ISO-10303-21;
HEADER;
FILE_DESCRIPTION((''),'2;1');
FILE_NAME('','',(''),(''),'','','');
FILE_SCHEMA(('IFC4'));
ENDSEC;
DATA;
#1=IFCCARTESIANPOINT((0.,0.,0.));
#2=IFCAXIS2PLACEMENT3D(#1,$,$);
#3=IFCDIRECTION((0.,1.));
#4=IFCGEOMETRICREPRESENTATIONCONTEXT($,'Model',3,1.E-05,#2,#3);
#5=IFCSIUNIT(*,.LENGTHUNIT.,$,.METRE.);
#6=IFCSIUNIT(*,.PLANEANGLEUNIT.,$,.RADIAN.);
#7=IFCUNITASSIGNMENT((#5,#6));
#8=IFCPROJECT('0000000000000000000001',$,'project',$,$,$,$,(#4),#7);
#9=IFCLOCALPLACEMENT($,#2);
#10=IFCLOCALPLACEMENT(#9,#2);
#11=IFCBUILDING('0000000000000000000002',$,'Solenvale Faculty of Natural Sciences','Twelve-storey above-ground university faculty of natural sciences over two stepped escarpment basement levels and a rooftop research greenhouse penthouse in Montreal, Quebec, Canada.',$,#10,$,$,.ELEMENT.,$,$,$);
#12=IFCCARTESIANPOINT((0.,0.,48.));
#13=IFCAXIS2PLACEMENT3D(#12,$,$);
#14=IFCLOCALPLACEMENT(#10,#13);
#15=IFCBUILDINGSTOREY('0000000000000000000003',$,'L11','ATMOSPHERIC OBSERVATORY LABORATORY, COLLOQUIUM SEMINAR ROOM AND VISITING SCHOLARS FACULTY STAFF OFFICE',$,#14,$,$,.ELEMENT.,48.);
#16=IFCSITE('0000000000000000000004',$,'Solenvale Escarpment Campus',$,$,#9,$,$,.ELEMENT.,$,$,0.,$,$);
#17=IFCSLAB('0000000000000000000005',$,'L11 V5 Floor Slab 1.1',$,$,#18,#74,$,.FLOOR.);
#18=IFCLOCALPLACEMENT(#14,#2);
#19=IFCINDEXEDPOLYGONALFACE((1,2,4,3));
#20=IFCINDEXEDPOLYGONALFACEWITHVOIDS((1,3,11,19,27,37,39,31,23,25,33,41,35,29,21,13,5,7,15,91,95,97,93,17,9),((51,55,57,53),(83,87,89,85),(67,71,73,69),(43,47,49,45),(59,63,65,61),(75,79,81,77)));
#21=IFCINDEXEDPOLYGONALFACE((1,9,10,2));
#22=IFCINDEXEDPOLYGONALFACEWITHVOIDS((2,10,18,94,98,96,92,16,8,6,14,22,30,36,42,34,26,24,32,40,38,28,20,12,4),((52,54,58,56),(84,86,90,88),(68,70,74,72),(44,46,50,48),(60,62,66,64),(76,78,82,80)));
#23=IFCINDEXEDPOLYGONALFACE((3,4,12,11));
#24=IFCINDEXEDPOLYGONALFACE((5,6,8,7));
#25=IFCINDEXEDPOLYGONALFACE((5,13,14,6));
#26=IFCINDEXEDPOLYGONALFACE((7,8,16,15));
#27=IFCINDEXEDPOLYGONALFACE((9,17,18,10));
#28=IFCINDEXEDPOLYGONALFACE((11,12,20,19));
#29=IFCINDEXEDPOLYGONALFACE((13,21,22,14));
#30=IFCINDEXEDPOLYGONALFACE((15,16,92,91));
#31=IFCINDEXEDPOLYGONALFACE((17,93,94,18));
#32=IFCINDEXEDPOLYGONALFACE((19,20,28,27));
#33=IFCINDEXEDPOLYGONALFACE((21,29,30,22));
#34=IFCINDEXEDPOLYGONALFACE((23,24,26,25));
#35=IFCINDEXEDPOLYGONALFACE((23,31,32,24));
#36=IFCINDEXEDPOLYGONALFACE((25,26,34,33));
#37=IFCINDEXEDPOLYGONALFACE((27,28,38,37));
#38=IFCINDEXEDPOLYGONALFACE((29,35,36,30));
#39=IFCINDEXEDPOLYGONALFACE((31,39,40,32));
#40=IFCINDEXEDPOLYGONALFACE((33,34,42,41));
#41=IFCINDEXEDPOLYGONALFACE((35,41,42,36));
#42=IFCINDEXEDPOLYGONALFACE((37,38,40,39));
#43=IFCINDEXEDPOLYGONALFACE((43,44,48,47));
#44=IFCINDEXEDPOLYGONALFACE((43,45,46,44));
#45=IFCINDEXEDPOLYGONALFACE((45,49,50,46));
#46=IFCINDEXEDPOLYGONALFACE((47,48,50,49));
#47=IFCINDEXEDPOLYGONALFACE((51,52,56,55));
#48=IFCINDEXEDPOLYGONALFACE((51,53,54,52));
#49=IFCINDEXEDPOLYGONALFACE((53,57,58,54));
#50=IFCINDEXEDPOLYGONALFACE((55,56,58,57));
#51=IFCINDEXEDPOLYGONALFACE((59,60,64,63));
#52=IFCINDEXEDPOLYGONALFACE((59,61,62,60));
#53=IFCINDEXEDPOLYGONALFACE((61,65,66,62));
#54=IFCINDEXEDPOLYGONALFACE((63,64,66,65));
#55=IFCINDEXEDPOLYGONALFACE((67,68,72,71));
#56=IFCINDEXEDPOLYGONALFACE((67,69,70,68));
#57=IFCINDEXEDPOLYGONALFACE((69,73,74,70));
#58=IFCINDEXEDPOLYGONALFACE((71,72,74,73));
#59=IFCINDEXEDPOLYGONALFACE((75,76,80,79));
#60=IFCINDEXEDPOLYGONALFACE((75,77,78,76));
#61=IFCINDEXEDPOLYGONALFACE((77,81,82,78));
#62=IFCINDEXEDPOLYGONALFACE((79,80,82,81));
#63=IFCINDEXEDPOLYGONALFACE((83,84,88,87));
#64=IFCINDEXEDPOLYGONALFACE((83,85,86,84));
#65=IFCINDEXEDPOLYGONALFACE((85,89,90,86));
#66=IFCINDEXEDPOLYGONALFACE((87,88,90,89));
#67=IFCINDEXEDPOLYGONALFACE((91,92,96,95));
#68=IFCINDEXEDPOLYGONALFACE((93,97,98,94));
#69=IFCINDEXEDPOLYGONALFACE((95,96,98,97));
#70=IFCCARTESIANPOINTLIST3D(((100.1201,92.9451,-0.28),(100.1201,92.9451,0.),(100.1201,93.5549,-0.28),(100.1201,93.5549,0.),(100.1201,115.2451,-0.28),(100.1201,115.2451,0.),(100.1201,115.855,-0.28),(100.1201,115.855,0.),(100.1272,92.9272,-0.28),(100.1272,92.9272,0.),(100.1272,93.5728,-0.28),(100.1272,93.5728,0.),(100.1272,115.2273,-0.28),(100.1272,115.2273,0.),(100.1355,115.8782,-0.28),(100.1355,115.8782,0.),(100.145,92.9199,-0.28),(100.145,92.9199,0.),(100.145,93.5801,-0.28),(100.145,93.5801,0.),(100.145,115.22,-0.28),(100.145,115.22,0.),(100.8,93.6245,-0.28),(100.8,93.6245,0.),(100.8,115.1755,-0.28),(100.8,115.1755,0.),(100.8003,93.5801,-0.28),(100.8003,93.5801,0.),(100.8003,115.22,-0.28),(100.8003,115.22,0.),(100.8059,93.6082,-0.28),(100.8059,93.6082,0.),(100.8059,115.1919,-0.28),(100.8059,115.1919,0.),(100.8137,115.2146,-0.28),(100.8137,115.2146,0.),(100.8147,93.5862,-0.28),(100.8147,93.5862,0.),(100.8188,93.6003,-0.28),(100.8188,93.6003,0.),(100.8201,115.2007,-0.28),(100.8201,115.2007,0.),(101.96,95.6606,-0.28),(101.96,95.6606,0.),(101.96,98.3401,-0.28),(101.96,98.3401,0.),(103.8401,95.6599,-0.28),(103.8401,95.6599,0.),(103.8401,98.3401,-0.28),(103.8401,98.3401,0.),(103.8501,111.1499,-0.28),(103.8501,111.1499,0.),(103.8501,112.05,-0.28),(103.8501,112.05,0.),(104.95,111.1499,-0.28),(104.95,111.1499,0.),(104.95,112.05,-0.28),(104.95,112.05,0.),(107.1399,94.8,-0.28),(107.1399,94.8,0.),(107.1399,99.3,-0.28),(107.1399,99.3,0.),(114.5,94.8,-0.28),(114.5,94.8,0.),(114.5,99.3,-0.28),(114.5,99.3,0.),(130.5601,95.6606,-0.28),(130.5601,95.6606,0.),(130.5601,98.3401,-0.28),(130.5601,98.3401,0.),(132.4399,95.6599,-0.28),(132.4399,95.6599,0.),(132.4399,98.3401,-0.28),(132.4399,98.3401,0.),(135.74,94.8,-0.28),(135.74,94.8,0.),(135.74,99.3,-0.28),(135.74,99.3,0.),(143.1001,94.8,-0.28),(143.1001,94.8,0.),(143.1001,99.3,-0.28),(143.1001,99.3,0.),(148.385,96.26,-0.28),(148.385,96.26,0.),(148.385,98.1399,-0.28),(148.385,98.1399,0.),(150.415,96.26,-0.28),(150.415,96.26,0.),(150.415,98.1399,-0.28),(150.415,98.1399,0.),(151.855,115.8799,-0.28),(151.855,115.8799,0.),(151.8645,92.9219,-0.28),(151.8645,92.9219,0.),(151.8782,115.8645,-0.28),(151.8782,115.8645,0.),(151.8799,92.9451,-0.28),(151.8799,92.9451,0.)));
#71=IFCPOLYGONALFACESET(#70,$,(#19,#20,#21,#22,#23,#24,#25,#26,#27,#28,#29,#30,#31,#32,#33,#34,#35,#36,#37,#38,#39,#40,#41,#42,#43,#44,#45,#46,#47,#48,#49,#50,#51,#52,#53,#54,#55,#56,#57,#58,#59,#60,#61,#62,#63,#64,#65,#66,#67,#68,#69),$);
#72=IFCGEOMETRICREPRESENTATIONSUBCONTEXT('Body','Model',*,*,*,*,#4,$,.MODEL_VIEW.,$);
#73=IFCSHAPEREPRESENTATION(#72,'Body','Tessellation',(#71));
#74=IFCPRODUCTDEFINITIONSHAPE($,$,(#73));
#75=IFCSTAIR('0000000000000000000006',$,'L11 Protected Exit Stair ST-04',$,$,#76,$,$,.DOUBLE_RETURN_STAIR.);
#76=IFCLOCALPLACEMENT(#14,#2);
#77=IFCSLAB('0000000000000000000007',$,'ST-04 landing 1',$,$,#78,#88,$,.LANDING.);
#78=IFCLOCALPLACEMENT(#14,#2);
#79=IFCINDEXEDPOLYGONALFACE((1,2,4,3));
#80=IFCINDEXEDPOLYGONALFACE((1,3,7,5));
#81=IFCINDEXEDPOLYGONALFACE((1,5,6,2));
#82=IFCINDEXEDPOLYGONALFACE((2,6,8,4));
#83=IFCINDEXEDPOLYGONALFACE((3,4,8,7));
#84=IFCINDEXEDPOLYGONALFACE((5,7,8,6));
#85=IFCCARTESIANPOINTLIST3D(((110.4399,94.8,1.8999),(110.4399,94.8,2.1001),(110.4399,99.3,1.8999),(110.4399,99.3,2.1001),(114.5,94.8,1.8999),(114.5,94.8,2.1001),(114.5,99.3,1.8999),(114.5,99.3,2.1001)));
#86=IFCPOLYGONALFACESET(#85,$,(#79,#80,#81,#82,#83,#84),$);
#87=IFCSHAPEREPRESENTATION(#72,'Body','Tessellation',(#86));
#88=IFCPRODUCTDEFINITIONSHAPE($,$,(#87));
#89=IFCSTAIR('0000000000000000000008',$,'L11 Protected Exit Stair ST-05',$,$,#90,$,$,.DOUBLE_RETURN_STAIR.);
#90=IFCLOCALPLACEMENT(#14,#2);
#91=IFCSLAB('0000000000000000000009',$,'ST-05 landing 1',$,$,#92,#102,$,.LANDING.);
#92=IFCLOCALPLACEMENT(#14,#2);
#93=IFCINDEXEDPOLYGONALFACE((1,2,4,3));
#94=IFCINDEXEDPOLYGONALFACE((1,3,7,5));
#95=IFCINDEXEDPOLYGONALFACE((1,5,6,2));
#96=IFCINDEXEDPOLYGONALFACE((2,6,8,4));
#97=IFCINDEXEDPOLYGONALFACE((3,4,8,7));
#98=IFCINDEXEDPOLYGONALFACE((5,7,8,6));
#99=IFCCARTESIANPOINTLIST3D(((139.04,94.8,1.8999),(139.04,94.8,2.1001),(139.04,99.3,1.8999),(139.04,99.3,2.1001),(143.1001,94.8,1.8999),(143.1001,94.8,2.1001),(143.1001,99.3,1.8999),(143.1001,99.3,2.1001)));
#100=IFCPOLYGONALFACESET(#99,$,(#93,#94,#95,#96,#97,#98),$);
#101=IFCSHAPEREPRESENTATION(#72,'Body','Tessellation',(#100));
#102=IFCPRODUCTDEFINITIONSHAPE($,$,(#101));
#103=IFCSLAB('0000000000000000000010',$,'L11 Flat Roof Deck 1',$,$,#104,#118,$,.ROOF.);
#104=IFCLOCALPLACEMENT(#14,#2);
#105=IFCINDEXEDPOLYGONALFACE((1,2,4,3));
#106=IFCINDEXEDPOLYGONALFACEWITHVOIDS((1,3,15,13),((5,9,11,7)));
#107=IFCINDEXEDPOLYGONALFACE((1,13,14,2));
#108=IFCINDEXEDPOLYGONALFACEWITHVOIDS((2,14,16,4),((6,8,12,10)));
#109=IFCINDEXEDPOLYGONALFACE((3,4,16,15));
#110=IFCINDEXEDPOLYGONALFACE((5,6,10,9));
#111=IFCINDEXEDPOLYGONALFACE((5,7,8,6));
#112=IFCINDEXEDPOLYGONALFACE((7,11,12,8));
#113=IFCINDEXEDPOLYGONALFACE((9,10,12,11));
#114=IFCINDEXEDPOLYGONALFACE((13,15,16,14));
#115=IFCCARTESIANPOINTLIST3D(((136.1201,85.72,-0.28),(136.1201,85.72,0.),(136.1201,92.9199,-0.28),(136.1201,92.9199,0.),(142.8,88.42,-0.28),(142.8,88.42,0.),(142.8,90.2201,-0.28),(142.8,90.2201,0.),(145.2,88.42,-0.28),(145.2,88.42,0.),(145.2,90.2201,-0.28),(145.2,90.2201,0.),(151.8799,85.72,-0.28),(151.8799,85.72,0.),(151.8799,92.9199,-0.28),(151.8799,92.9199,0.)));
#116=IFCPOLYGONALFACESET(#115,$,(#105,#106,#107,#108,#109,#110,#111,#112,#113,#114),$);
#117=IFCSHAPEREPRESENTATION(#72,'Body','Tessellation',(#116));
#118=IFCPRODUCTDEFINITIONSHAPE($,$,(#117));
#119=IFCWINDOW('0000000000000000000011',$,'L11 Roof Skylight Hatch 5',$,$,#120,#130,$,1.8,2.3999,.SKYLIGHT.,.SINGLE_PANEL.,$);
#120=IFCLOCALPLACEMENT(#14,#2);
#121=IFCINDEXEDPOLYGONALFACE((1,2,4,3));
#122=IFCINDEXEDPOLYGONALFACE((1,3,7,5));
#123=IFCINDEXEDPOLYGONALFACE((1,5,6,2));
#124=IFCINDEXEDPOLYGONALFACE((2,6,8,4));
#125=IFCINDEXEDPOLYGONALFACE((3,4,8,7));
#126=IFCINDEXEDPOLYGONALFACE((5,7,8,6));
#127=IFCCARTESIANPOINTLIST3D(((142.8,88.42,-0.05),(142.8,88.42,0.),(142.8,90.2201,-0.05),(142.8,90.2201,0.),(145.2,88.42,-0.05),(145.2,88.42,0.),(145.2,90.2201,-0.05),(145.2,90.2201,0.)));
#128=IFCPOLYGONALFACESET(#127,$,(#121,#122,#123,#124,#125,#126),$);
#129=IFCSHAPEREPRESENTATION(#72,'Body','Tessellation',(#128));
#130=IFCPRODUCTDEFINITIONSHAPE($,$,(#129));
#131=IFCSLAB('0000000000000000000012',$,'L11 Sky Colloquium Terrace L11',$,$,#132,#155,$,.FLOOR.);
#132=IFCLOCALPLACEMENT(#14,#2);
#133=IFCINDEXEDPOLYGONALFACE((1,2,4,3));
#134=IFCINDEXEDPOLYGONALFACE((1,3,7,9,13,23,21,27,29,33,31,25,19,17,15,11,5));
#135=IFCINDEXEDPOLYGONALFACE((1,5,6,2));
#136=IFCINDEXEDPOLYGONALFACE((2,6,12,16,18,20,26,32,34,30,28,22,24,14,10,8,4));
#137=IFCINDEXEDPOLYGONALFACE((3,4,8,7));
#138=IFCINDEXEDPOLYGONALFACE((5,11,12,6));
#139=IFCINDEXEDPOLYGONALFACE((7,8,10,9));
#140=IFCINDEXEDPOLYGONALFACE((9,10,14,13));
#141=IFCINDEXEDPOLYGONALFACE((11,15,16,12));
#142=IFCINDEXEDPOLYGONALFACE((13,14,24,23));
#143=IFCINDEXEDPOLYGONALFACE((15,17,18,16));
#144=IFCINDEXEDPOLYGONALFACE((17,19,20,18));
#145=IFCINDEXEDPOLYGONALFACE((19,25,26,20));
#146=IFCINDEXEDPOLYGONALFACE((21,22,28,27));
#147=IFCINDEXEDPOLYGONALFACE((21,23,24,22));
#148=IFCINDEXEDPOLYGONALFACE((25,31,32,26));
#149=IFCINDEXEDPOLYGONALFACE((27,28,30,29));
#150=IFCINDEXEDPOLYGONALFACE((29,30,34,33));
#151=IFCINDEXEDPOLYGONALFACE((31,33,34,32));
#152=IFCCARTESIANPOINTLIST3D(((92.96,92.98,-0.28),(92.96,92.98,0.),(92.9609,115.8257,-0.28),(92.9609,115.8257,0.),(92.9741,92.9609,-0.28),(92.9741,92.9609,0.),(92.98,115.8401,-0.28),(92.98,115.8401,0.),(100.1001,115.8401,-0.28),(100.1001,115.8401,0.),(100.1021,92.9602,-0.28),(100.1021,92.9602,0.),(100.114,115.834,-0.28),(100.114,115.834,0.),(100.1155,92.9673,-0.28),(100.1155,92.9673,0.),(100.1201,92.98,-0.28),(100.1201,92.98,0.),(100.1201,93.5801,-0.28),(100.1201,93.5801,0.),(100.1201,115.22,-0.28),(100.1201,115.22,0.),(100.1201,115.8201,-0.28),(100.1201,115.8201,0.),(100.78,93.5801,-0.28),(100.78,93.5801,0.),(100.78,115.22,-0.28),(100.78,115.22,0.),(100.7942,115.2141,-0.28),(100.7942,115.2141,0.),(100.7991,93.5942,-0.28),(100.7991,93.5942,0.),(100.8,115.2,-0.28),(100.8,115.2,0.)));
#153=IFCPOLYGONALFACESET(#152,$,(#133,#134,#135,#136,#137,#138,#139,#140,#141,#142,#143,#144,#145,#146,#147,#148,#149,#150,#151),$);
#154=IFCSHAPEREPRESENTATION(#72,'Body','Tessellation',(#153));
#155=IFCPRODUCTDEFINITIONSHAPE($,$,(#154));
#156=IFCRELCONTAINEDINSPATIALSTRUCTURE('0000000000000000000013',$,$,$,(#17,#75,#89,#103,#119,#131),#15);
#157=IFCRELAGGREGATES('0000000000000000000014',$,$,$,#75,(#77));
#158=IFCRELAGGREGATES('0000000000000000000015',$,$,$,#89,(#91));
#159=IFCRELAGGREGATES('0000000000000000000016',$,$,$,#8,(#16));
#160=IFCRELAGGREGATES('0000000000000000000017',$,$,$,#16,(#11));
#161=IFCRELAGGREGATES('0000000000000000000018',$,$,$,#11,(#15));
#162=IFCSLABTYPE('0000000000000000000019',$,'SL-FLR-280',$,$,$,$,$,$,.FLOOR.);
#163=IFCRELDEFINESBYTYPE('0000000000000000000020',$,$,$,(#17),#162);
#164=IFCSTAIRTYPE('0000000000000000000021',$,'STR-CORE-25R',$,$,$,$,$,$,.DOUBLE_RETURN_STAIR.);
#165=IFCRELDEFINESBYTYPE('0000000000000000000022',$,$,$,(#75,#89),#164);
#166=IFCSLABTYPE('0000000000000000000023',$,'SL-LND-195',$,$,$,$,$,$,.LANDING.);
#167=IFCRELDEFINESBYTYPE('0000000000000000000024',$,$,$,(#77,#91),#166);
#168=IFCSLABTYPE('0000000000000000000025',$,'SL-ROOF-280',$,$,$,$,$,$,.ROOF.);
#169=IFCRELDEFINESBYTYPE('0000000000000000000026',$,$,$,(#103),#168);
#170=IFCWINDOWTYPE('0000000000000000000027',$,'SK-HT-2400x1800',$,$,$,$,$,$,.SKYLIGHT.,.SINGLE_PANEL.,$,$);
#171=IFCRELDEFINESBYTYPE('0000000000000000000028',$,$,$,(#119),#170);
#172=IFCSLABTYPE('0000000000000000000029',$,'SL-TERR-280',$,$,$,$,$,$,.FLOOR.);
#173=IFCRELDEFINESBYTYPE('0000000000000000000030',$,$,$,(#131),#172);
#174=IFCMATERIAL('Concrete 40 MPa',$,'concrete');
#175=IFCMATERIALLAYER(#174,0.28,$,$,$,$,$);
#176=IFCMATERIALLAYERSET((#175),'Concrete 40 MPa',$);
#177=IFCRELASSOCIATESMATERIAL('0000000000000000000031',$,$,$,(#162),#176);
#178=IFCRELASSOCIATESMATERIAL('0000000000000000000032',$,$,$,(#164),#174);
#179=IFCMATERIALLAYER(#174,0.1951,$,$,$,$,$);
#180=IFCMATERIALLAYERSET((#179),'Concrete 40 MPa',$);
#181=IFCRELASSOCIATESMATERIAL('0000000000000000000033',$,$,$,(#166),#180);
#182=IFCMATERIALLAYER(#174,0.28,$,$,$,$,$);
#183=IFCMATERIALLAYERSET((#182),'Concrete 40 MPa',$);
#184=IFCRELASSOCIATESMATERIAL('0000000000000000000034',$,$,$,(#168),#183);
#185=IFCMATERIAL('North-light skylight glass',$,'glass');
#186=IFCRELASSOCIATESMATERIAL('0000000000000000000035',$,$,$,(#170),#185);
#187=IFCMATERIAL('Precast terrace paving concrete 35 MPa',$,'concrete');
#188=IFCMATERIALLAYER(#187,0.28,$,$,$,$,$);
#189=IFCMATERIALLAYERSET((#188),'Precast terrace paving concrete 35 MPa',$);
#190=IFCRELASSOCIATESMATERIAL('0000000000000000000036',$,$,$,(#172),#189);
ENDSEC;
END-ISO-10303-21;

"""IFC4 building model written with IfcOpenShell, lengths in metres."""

from ifc_helpers import new_model, si_unit, direction, frame, origin, origin_2d, place, context, subcontext, project, spatial, polyline, rectangle, outline, extrude, material, layer, layer_set, type_object, element, fill, aggregate, save


model = new_model("IFC4")

# Units and contexts
model_context = context("Model", 3, precision=1e-05, world=origin(), true_north=direction((0.0, 1.0)))
body_context = subcontext(model_context, "Body", "Model", "MODEL_VIEW")
ifc_project = project(units=[si_unit("LENGTHUNIT", "METRE"), si_unit("PLANEANGLEUNIT", "RADIAN")], contexts=[model_context])

# Site, building, storey
site_placement = place(None, origin())
site = spatial("IfcSite", under=ifc_project, at=site_placement, Name="Solenvale Escarpment Campus", CompositionType="ELEMENT", RefElevation=0.0)
building_placement = place(site_placement, origin())
building = spatial("IfcBuilding", under=site, at=building_placement, Name="Solenvale Faculty of Natural Sciences", Description="Twelve-storey above-ground university faculty of natural sciences over two stepped escarpment basement levels and a rooftop research greenhouse penthouse in Montreal, Quebec, Canada.", CompositionType="ELEMENT")
storey_placement = place(building_placement, frame((0.0, 0.0, 48.0)))
storey = spatial("IfcBuildingStorey", under=building, at=storey_placement, Name="L11", Description="ATMOSPHERIC OBSERVATORY LABORATORY, COLLOQUIUM SEMINAR ROOM AND VISITING SCHOLARS FACULTY STAFF OFFICE", CompositionType="ELEMENT", Elevation=48.0)

# Slab
ifc_material_1 = material(Name="Concrete 40 MPa", Category="concrete")
ifc_layer_1 = layer(ifc_material_1, 0.28)
ifc_layer_set_1 = layer_set([ifc_layer_1], Name="Concrete 40 MPa")
slab_type_1 = type_object("IfcSlabType", Name="SL-FLR-280", PredefinedType="FLOOR", material=ifc_layer_set_1)
slab_1_placement = place(storey_placement, frame((0.0, 0.0, -0.28)))
element("IfcSlab", 1, at=slab_1_placement, inside=storey, type_object=slab_type_1, Name="L11 V5 Floor Slab 1.1", PredefinedType="FLOOR", context=body_context, shape_type="SweptSolid", body=[
    extrude(outline(polyline([(100.8188, 93.6003), (100.8059, 93.6082), (100.8, 93.6245), (100.8, 115.1755), (100.8059, 115.1919), (100.8201, 115.2007), (100.8137, 115.2146), (100.8003, 115.22), (100.145, 115.22), (100.1272, 115.2273), (100.1201, 115.2451), (100.1201, 115.855), (100.1355, 115.8782), (151.855, 115.8799), (151.8782, 115.8645), (151.8799, 92.9451), (151.8645, 92.9219), (100.145, 92.9199), (100.1272, 92.9272), (100.1201, 92.9451), (100.1201, 93.5549), (100.1272, 93.5728), (100.145, 93.5801), (100.8003, 93.5801), (100.8147, 93.5862), (100.8188, 93.6003)]), holes=[polyline([(148.385, 96.26), (150.415, 96.26), (150.415, 98.1399), (148.385, 98.1399), (148.385, 96.26)]), polyline([(135.74, 94.8), (143.1001, 94.8), (143.1001, 99.3), (135.74, 99.3), (135.74, 94.8)]), polyline([(130.5601, 95.6606), (132.4399, 95.6599), (132.4399, 98.3401), (130.5601, 98.3401), (130.5601, 95.6606)]), polyline([(107.1399, 94.8), (114.5, 94.8), (114.5, 99.3), (107.1399, 99.3), (107.1399, 94.8)]), polyline([(103.8501, 111.1499), (104.95, 111.1499), (104.95, 112.05), (103.8501, 112.05), (103.8501, 111.1499)]), polyline([(101.96, 95.6606), (103.8401, 95.6599), (103.8401, 98.3401), (101.96, 98.3401), (101.96, 95.6606)])]), origin(), (0.0, 0.0, 1.0), 0.28),
])

# Stairs, slabs
stair_type = type_object("IfcStairType", Name="STR-CORE-25R", PredefinedType="DOUBLE_RETURN_STAIR", material=ifc_material_1)
stair_1_placement = place(storey_placement, origin())
stair_1 = element("IfcStair", 2, at=stair_1_placement, inside=storey, type_object=stair_type, Name="L11 Protected Exit Stair ST-04", PredefinedType="DOUBLE_RETURN_STAIR")
ifc_layer_2 = layer(ifc_material_1, 0.1951)
ifc_layer_set_2 = layer_set([ifc_layer_2], Name="Concrete 40 MPa")
slab_type_2 = type_object("IfcSlabType", Name="SL-LND-195", PredefinedType="LANDING", material=ifc_layer_set_2)
slab_2_placement = place(storey_placement, frame((0.0, 0.0, 1.8999)))
slab_2 = element("IfcSlab", 3, at=slab_2_placement, type_object=slab_type_2, Name="ST-04 landing 1", PredefinedType="LANDING", context=body_context, shape_type="SweptSolid", body=[
    extrude(outline(polyline([(110.4399, 94.8), (114.5, 94.8), (114.5, 99.3), (110.4399, 99.3), (110.4399, 94.8)])), origin(), (0.0, 0.0, 1.0), 0.2002),
])
aggregate(stair_1, [slab_2])
stair_2_placement = place(storey_placement, origin())
stair_2 = element("IfcStair", 4, at=stair_2_placement, inside=storey, type_object=stair_type, Name="L11 Protected Exit Stair ST-05", PredefinedType="DOUBLE_RETURN_STAIR")
slab_3_placement = place(storey_placement, frame((0.0, 0.0, 1.8999)))
slab_3 = element("IfcSlab", 5, at=slab_3_placement, type_object=slab_type_2, Name="ST-05 landing 1", PredefinedType="LANDING", context=body_context, shape_type="SweptSolid", body=[
    extrude(outline(polyline([(139.04, 94.8), (143.1001, 94.8), (143.1001, 99.3), (139.04, 99.3), (139.04, 94.8)])), origin(), (0.0, 0.0, 1.0), 0.2002),
])
aggregate(stair_2, [slab_3])

# Slab, opening, window
ifc_layer_3 = layer(ifc_material_1, 0.28)
ifc_layer_set_3 = layer_set([ifc_layer_3], Name="Concrete 40 MPa")
slab_type_3 = type_object("IfcSlabType", Name="SL-ROOF-280", PredefinedType="ROOF", material=ifc_layer_set_3)
slab_4_placement = place(storey_placement, frame((0.0, 0.0, -0.28)))
slab_4 = element("IfcSlab", 6, at=slab_4_placement, inside=storey, type_object=slab_type_3, Name="L11 Flat Roof Deck 1", PredefinedType="ROOF", context=body_context, shape_type="SweptSolid", body=[
    extrude(outline(polyline([(136.1201, 85.72), (136.1201, 92.9199), (151.8799, 92.9199), (151.8799, 85.72), (136.1201, 85.72)])), origin(), (0.0, 0.0, 1.0), 0.28),
])
opening_placement = place(slab_4_placement, frame((144.0, 89.3201, -0.01)))
opening = element("IfcOpeningElement", 7, at=opening_placement, cuts=slab_4, PredefinedType="OPENING", context=body_context, shape_type="SweptSolid", body=[
    extrude(rectangle(XDim=2.3999, YDim=1.8, at=origin_2d()), origin(), (0.0, 0.0, 1.0), 0.3),
])
ifc_material_2 = material(Name="North-light skylight glass", Category="glass")
window_type = type_object("IfcWindowType", Name="SK-HT-2400x1800", PartitioningType="SINGLE_PANEL", PredefinedType="SKYLIGHT", material=ifc_material_2)
window_placement = place(slab_4_placement, frame((144.0, 89.3201, 0.23)))
window = element("IfcWindow", 8, at=window_placement, inside=storey, type_object=window_type, Name="L11 Roof Skylight Hatch 5", OverallHeight=1.8, OverallWidth=2.3999, PartitioningType="SINGLE_PANEL", PredefinedType="SKYLIGHT", context=body_context, shape_type="SweptSolid", body=[
    extrude(rectangle(XDim=2.3999, YDim=1.8, at=origin_2d()), origin(), (0.0, 0.0, 1.0), 0.05),
])
fill(opening, window)

# Slab
ifc_material_3 = material(Name="Precast terrace paving concrete 35 MPa", Category="concrete")
ifc_layer_4 = layer(ifc_material_3, 0.28)
ifc_layer_set_4 = layer_set([ifc_layer_4], Name="Precast terrace paving concrete 35 MPa")
slab_type_4 = type_object("IfcSlabType", Name="SL-TERR-280", PredefinedType="FLOOR", material=ifc_layer_set_4)
slab_5_placement = place(storey_placement, frame((0.0, 0.0, -0.28)))
element("IfcSlab", 9, at=slab_5_placement, inside=storey, type_object=slab_type_4, Name="L11 Sky Colloquium Terrace L11", PredefinedType="FLOOR", context=body_context, shape_type="SweptSolid", body=[
    extrude(outline(polyline([(100.1001, 115.8401), (100.114, 115.834), (100.1201, 115.8201), (100.1201, 115.22), (100.78, 115.22), (100.7942, 115.2141), (100.8, 115.2), (100.7991, 93.5942), (100.78, 93.5801), (100.1201, 93.5801), (100.1201, 92.98), (100.1155, 92.9673), (100.1021, 92.9602), (92.9741, 92.9609), (92.96, 92.98), (92.9609, 115.8257), (92.98, 115.8401), (100.1001, 115.8401)])), origin(), (0.0, 0.0, 1.0), 0.28),
])

save(model, "model.ifc")
